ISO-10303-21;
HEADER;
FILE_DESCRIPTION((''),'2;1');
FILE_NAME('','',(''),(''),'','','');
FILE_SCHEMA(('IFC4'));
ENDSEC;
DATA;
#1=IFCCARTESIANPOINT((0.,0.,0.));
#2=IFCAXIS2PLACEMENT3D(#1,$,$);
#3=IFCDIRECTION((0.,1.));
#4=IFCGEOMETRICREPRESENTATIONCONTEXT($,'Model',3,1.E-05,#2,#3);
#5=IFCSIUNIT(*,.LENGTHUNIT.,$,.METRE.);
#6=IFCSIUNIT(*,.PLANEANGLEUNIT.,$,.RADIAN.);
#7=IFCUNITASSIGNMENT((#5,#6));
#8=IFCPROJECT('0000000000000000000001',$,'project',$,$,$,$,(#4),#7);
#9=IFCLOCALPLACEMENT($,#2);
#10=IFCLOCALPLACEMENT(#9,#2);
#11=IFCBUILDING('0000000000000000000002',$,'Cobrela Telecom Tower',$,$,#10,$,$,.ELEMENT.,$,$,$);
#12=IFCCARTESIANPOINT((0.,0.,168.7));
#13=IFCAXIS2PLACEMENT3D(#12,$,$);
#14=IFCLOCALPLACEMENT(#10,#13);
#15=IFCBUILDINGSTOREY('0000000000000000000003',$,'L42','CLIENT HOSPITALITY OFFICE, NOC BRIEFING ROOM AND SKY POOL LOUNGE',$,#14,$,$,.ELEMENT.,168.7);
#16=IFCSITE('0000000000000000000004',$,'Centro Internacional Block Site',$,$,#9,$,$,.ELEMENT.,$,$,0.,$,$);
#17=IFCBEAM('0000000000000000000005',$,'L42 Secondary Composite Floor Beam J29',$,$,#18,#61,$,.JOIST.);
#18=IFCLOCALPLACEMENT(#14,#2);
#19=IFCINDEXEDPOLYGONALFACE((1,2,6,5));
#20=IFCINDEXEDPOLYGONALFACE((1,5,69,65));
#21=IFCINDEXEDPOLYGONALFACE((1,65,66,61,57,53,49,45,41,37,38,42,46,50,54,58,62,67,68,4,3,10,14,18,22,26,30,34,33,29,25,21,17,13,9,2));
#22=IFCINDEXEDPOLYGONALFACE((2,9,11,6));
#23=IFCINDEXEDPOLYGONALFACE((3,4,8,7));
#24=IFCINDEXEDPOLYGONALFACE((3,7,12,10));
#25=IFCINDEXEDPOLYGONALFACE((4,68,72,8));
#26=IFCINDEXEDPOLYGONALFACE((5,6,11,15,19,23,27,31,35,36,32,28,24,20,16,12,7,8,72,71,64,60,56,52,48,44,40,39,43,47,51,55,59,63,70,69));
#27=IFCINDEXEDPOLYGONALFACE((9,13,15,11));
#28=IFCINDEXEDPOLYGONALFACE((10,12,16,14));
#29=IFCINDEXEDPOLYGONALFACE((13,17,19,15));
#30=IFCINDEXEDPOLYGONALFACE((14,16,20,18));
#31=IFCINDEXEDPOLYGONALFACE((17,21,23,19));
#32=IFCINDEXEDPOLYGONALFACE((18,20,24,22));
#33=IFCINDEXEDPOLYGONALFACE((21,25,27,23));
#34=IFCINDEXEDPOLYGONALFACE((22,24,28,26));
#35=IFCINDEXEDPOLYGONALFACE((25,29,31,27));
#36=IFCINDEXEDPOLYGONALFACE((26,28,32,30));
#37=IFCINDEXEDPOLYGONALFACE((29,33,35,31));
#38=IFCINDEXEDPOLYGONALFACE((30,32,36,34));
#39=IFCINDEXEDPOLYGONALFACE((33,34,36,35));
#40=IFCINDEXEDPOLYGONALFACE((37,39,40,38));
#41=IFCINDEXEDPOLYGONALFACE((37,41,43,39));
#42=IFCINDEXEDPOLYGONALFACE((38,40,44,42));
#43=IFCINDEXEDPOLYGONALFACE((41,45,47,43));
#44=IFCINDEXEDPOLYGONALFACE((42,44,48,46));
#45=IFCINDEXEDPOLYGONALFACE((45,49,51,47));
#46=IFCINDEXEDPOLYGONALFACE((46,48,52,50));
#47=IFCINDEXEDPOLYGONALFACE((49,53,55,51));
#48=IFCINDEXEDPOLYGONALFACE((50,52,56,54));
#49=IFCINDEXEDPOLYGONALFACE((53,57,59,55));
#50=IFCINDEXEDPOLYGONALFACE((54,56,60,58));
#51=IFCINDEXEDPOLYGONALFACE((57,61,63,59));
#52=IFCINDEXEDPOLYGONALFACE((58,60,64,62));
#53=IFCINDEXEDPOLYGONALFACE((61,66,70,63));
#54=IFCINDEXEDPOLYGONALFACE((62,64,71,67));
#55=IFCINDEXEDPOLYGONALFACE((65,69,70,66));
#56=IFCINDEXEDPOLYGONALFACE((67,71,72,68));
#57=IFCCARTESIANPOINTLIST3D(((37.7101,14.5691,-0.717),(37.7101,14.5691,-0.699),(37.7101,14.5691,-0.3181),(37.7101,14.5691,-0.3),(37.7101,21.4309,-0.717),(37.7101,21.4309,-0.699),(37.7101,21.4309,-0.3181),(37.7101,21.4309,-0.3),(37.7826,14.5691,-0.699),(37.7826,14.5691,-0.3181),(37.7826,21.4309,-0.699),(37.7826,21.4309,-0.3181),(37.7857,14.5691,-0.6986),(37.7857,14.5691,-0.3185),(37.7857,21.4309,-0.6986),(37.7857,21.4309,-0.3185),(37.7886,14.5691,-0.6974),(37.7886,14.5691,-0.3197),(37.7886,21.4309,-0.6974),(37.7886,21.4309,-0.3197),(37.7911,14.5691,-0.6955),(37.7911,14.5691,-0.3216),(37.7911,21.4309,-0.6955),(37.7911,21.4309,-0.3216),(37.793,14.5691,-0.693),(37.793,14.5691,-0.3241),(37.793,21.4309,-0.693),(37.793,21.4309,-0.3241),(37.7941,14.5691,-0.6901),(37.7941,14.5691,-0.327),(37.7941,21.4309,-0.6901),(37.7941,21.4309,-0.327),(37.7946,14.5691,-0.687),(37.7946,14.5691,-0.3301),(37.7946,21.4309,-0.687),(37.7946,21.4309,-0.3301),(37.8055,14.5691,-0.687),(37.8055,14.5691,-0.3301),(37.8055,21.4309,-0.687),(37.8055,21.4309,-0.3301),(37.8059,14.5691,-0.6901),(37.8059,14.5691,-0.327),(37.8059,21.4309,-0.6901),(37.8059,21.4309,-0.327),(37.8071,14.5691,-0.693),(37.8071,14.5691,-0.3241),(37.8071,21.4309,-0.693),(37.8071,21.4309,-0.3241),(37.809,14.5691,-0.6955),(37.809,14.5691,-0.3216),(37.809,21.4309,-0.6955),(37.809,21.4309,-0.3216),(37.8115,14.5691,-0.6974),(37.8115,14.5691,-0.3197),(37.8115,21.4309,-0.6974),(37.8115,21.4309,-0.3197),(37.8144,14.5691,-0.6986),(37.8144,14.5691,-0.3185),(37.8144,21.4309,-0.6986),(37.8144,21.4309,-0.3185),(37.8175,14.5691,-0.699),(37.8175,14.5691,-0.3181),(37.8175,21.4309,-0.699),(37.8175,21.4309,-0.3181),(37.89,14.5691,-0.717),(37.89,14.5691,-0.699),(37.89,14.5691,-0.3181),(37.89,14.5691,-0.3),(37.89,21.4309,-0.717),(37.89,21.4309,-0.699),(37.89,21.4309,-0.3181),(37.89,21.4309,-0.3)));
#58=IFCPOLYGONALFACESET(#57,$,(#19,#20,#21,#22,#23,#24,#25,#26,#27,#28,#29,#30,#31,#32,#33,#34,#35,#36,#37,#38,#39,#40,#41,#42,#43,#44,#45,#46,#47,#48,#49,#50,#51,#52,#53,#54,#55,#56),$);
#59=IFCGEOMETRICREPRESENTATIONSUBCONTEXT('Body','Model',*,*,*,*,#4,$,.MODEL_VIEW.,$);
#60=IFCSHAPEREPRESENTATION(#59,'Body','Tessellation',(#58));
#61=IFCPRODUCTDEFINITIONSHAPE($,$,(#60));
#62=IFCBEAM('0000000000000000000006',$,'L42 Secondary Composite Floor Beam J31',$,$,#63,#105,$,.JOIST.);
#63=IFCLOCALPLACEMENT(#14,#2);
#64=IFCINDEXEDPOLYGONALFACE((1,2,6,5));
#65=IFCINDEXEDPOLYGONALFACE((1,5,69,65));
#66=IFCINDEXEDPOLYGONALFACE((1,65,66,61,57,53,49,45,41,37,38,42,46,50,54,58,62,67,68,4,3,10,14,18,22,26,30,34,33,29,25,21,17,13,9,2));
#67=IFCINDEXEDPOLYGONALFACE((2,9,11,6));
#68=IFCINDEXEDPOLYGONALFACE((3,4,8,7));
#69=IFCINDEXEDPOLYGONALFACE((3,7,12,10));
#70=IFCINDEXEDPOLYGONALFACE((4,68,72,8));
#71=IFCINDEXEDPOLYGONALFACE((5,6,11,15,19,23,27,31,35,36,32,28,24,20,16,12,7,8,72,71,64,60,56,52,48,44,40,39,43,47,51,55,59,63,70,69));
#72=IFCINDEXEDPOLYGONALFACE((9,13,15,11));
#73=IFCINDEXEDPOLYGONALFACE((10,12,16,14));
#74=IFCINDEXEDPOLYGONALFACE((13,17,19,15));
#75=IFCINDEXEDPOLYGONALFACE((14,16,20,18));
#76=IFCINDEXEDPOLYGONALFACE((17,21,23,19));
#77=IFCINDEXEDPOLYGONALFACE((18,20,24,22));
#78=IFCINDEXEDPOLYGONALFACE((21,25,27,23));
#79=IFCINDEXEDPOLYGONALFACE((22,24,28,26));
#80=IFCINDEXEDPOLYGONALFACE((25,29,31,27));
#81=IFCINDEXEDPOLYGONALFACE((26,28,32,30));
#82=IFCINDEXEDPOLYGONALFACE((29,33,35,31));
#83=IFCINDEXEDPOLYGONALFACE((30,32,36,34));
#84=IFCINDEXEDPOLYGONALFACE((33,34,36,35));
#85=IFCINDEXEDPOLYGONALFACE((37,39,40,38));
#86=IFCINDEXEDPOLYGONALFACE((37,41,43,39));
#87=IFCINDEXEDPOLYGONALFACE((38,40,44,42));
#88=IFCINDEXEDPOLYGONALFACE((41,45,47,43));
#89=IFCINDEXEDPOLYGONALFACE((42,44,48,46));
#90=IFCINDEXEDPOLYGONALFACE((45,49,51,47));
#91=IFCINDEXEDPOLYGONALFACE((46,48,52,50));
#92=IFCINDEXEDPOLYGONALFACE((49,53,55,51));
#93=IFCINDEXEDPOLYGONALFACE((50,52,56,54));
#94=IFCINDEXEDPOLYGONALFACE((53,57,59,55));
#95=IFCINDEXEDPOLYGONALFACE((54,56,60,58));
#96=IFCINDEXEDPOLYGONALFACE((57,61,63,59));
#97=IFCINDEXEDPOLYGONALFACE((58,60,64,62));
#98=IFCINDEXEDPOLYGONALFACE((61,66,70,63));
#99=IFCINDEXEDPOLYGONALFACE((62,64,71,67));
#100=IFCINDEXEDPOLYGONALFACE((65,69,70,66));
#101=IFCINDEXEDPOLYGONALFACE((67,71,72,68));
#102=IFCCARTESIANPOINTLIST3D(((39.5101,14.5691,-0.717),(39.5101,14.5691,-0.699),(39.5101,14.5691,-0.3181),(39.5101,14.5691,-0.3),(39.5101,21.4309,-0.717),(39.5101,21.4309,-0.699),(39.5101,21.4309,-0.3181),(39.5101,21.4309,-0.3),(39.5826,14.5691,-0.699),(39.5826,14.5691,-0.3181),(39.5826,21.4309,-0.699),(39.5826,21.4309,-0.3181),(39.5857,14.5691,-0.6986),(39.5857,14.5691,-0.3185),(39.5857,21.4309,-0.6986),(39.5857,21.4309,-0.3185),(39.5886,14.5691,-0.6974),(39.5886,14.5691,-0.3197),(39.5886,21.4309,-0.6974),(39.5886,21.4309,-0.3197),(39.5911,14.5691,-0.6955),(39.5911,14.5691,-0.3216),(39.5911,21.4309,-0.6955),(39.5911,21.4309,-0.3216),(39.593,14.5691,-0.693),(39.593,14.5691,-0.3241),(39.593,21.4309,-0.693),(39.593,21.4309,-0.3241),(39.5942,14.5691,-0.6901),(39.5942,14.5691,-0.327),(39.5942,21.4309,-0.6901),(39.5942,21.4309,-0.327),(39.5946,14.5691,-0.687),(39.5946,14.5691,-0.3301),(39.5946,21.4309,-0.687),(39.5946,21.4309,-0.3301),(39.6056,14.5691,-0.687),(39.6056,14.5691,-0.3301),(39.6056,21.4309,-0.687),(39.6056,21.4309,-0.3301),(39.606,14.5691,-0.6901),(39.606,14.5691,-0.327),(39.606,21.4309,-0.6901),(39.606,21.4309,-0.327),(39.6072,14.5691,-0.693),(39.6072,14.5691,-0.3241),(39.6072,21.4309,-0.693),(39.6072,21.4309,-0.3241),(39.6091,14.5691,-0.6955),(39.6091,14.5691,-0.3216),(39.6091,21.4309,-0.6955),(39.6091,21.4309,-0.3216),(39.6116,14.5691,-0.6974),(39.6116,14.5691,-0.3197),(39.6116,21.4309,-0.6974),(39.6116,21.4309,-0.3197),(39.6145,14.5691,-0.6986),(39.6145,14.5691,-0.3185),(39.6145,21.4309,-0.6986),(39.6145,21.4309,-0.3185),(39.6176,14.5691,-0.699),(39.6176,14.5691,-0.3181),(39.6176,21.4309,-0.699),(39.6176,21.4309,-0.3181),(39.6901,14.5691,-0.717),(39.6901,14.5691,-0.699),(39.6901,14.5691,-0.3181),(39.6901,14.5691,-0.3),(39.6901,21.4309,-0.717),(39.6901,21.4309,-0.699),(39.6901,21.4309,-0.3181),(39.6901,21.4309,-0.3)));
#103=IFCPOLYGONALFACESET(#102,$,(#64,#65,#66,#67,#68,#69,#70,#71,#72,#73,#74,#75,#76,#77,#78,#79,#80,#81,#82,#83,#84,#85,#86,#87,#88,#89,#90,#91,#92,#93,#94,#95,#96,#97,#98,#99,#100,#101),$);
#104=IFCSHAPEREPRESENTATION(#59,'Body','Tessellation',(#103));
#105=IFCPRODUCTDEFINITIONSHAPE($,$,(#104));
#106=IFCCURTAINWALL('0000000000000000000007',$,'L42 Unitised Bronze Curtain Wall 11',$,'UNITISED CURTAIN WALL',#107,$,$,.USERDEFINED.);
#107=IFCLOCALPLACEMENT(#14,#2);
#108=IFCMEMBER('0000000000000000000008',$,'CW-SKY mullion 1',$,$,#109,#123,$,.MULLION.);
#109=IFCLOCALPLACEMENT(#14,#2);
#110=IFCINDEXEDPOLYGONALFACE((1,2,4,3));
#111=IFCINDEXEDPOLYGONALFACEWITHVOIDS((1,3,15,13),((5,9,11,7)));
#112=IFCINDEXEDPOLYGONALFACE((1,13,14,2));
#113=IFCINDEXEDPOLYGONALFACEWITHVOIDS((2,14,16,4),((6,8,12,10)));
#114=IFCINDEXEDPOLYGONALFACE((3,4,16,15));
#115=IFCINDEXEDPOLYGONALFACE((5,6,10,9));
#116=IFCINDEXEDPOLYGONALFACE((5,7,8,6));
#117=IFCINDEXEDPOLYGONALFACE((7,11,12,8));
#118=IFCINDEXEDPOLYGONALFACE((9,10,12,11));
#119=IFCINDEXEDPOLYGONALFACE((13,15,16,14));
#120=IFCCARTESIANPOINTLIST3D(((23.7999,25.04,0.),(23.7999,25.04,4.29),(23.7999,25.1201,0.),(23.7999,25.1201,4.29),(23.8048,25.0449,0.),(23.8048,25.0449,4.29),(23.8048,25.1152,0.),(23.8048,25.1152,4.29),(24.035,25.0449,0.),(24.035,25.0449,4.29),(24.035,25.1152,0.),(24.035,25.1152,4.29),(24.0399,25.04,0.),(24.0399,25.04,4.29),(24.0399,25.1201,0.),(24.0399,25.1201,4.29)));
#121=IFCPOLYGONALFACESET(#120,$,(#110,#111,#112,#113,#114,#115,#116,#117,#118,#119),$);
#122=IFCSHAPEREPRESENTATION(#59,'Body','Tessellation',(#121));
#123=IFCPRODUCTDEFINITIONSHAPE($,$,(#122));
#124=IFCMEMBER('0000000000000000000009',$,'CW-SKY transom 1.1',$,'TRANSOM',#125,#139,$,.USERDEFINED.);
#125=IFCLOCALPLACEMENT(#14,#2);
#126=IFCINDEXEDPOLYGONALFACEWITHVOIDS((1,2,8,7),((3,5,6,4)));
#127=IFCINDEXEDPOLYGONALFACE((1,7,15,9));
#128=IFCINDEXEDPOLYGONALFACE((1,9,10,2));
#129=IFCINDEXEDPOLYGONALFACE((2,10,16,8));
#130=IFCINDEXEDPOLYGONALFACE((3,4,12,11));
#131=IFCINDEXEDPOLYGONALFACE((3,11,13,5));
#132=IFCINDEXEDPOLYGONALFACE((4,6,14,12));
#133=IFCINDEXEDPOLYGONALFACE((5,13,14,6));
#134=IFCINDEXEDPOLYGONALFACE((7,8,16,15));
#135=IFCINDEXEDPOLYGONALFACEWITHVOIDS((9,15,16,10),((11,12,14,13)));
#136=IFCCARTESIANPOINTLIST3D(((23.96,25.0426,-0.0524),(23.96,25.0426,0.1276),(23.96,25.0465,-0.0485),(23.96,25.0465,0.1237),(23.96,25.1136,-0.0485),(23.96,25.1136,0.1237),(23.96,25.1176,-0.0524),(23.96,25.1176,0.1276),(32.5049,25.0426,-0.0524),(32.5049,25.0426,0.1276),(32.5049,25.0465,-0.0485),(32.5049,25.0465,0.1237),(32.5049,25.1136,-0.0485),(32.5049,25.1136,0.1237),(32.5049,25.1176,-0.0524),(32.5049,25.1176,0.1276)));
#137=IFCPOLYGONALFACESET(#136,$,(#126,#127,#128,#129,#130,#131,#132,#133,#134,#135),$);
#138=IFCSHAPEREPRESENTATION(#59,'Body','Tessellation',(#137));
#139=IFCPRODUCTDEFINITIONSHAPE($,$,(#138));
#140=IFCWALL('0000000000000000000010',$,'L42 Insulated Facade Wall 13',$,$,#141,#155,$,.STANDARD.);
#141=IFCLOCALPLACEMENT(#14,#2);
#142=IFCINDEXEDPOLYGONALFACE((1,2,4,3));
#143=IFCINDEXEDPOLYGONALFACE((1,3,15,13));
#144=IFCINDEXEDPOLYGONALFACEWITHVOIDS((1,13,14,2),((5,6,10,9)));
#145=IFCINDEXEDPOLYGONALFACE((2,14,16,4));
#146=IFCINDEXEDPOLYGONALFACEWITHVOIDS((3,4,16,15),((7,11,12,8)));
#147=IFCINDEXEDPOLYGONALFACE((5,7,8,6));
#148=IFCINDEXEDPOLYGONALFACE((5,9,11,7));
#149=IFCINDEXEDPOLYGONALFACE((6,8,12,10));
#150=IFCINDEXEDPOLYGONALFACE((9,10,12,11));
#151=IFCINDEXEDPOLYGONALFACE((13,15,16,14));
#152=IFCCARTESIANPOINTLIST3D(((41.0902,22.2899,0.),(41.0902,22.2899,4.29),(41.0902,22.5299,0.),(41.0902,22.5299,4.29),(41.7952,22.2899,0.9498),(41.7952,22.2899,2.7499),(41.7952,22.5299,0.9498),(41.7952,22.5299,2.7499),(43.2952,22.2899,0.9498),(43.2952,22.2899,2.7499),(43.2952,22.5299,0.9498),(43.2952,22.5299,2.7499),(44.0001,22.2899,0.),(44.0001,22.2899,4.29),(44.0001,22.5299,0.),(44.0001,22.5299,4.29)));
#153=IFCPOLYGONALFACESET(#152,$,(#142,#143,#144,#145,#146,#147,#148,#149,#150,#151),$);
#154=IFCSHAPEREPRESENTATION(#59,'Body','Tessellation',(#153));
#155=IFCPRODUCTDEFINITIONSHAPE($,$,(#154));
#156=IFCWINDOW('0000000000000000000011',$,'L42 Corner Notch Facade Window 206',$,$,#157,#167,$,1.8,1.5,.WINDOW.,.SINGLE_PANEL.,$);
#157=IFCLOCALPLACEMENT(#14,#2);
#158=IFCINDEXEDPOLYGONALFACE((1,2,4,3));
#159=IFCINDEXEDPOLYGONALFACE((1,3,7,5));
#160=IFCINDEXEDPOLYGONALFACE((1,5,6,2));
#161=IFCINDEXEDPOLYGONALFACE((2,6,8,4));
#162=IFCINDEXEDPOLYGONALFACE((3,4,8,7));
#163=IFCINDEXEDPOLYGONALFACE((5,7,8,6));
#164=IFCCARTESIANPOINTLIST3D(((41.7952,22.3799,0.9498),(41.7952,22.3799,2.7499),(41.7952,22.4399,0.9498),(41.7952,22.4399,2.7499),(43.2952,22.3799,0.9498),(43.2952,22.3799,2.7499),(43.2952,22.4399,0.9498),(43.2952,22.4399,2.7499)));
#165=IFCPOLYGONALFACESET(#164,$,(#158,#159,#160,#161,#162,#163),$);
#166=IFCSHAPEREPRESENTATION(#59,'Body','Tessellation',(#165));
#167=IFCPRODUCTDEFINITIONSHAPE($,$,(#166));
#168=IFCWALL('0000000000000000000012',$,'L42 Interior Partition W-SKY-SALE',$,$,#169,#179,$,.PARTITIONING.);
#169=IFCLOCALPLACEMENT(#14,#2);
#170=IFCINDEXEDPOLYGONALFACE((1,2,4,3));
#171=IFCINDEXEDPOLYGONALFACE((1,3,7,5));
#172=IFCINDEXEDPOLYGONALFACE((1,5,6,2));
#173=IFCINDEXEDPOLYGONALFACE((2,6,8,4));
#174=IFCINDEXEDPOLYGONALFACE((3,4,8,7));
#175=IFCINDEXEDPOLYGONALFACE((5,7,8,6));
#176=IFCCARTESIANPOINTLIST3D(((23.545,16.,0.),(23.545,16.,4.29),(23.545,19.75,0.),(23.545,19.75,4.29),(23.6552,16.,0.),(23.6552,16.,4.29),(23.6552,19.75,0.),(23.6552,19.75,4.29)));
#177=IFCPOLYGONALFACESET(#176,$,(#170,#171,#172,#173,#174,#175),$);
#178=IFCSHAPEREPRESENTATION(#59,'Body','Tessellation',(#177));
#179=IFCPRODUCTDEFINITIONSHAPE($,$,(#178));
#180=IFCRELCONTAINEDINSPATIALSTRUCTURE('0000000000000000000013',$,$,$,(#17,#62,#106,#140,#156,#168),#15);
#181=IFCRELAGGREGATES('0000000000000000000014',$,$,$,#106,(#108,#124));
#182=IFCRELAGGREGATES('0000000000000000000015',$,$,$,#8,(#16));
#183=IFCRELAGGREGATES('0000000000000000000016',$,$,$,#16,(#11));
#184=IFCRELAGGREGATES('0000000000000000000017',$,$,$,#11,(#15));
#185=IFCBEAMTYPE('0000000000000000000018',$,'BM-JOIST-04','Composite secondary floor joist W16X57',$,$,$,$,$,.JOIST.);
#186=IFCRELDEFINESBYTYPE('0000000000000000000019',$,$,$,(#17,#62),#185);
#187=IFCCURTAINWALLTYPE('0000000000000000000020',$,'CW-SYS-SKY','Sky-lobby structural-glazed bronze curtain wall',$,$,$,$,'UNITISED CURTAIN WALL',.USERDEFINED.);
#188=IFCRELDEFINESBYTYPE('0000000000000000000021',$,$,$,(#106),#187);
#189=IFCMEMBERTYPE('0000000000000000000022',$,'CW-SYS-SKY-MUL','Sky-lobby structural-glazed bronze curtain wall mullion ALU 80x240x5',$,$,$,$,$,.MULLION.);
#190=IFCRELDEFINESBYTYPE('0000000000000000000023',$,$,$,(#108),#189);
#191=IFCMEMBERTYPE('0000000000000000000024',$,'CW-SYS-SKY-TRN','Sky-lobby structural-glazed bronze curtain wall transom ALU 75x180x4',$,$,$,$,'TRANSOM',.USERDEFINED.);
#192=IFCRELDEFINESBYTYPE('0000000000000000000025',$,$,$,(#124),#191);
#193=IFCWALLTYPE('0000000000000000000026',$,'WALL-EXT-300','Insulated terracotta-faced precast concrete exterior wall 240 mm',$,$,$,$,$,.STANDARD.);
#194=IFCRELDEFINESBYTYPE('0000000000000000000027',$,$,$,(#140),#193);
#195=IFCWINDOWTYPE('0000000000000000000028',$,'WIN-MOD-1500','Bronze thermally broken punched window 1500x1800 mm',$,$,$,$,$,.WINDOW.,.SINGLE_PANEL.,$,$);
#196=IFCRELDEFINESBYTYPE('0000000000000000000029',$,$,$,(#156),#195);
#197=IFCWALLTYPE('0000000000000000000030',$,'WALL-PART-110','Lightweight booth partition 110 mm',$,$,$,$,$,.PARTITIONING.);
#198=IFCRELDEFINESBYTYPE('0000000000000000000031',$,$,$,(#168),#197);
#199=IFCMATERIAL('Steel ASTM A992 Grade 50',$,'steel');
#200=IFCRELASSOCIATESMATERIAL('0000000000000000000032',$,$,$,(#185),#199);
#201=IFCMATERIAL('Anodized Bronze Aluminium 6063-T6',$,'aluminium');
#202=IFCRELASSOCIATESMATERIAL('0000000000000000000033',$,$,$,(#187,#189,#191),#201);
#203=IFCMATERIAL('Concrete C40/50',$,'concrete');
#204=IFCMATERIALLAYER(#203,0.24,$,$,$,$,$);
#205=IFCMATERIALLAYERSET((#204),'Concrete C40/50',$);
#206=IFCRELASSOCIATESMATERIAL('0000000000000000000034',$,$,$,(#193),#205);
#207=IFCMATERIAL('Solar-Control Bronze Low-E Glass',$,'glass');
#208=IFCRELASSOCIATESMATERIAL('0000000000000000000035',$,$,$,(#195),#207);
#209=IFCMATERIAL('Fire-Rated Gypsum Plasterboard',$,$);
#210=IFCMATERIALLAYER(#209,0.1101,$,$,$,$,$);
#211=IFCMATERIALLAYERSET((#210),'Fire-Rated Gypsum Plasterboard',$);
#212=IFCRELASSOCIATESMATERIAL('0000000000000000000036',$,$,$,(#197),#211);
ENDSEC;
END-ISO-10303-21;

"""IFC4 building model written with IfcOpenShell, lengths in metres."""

from ifc_helpers import new_model, si_unit, direction, frame, frame_2d, origin, origin_2d, place, context, subcontext, project, spatial, rectangle, hollow_rectangle, i_section, extrude, material, layer, layer_set, material_profile, profile_set, type_object, element, fill, aggregate, save


model = new_model("IFC4")

# Units and contexts
model_context = context("Model", 3, precision=1e-05, world=origin(), true_north=direction((0.0, 1.0)))
body_context = subcontext(model_context, "Body", "Model", "MODEL_VIEW")
ifc_project = project(units=[si_unit("LENGTHUNIT", "METRE"), si_unit("PLANEANGLEUNIT", "RADIAN")], contexts=[model_context])

# Site, building, storey
site_placement = place(None, origin())
site = spatial("IfcSite", under=ifc_project, at=site_placement, Name="Centro Internacional Block Site", CompositionType="ELEMENT", RefElevation=0.0)
building_placement = place(site_placement, origin())
building = spatial("IfcBuilding", under=site, at=building_placement, Name="Cobrela Telecom Tower", CompositionType="ELEMENT")
storey_placement = place(building_placement, frame((0.0, 0.0, 168.7)))
storey = spatial("IfcBuildingStorey", under=building, at=storey_placement, Name="L42", Description="CLIENT HOSPITALITY OFFICE, NOC BRIEFING ROOM AND SKY POOL LOUNGE", CompositionType="ELEMENT", Elevation=168.7)

# Shared definitions
ifc_material_1 = material(Name="Steel ASTM A992 Grade 50", Category="steel")

# Beams
ifc_material_profile_1 = material_profile(ifc_material_1, i_section(OverallWidth=0.1799, OverallDepth=0.417, WebThickness=0.011, FlangeThickness=0.0181, FilletRadius=0.012, at=origin_2d()), Name="W16X57")
ifc_profile_set_1 = profile_set([ifc_material_profile_1], Name="Steel ASTM A992 Grade 50")
beam_type_1 = type_object("IfcBeamType", Name="BM-JOIST-04", Description="Composite secondary floor joist W16X57", PredefinedType="JOIST", material=ifc_profile_set_1)
for number, where, z_axis, x_axis, name in (
    (1, (37.8, 14.5691, -0.5085), (0.0, 1.0, 0.0), (-1.0, 0.0, 0.0), "L42 Secondary Composite Floor Beam J29"),
    (2, (39.6001, 14.5691, -0.5085), (0.0, 1.0, 0.0), (-1.0, 0.0, 0.0), "L42 Secondary Composite Floor Beam J31"),
):
    element("IfcBeam", number, at=place(storey_placement, frame(where, z_axis=z_axis, x_axis=x_axis)), inside=storey, type_object=beam_type_1, Name=name, PredefinedType="JOIST", context=body_context, shape_type="SweptSolid", body=[
        extrude(i_section(OverallWidth=0.1799, OverallDepth=0.417, WebThickness=0.011, FlangeThickness=0.0181, FilletRadius=0.012, at=origin_2d()), origin(), (0.0, 0.0, 1.0), 6.8618),
    ])

# Curtain wall, members
ifc_material_2 = material(Name="Anodized Bronze Aluminium 6063-T6", Category="aluminium")
curtain_wall_type = type_object("IfcCurtainWallType", Name="CW-SYS-SKY", Description="Sky-lobby structural-glazed bronze curtain wall", ElementType="UNITISED CURTAIN WALL", PredefinedType="USERDEFINED", material=ifc_material_2)
curtain_wall_placement = place(storey_placement, origin())
curtain_wall = element("IfcCurtainWall", 3, at=curtain_wall_placement, inside=storey, type_object=curtain_wall_type, Name="L42 Unitised Bronze Curtain Wall 11", ObjectType="UNITISED CURTAIN WALL", PredefinedType="USERDEFINED")
ifc_material_profile_2 = material_profile(ifc_material_2, hollow_rectangle(XDim=0.0801, YDim=0.24, WallThickness=0.0049, at=origin_2d()), Name="ALU 80x240x5")
ifc_profile_set_2 = profile_set([ifc_material_profile_2], Name="Anodized Bronze Aluminium 6063-T6")
member_type_1 = type_object("IfcMemberType", Name="CW-SYS-SKY-MUL", Description="Sky-lobby structural-glazed bronze curtain wall mullion ALU 80x240x5", PredefinedType="MULLION", material=ifc_profile_set_2)
member_1_placement = place(storey_placement, frame((23.9199, 25.0801, 0.0), z_axis=(0.0, 0.0, 1.0), x_axis=(0.0, 1.0, 0.0)))
member_1 = element("IfcMember", 4, at=member_1_placement, type_object=member_type_1, Name="CW-SKY mullion 1", PredefinedType="MULLION", context=body_context, shape_type="SweptSolid", body=[
    extrude(hollow_rectangle(XDim=0.0801, YDim=0.24, WallThickness=0.0049, at=origin_2d()), origin(), (0.0, 0.0, 1.0), 4.29),
])
ifc_material_profile_3 = material_profile(ifc_material_2, hollow_rectangle(XDim=0.075, YDim=0.1799, WallThickness=0.0039, at=origin_2d()), Name="ALU 75x180x4")
ifc_profile_set_3 = profile_set([ifc_material_profile_3], Name="Anodized Bronze Aluminium 6063-T6")
member_type_2 = type_object("IfcMemberType", Name="CW-SYS-SKY-TRN", Description="Sky-lobby structural-glazed bronze curtain wall transom ALU 75x180x4", ElementType="TRANSOM", PredefinedType="USERDEFINED", material=ifc_profile_set_3)
member_2_placement = place(storey_placement, frame((23.96, 25.0801, 0.0376), z_axis=(1.0, 0.0, 0.0), x_axis=(0.0, 1.0, 0.0)))
member_2 = element("IfcMember", 5, at=member_2_placement, type_object=member_type_2, Name="CW-SKY transom 1.1", ObjectType="TRANSOM", PredefinedType="USERDEFINED", context=body_context, shape_type="SweptSolid", body=[
    extrude(hollow_rectangle(XDim=0.075, YDim=0.1799, WallThickness=0.0039, at=origin_2d()), origin(), (0.0, 0.0, 1.0), 8.5449),
])
aggregate(curtain_wall, [member_1, member_2])

# Wall, opening, window
ifc_material_3 = material(Name="Concrete C40/50", Category="concrete")
ifc_layer_1 = layer(ifc_material_3, 0.24)
ifc_layer_set_1 = layer_set([ifc_layer_1], Name="Concrete C40/50")
wall_type_1 = type_object("IfcWallType", Name="WALL-EXT-300", Description="Insulated terracotta-faced precast concrete exterior wall 240 mm", PredefinedType="STANDARD", material=ifc_layer_set_1)
wall_1_placement = place(storey_placement, frame((41.0901, 22.4099, 0.0), z_axis=(0.0, 0.0, 1.0), x_axis=(1.0, 0.0, 0.0)))
wall_1 = element("IfcWall", 6, at=wall_1_placement, inside=storey, type_object=wall_type_1, Name="L42 Insulated Facade Wall 13", PredefinedType="STANDARD", context=body_context, shape_type="SweptSolid", body=[
    extrude(rectangle(XDim=2.9099, YDim=0.24, at=frame_2d((1.4551, 0.0))), origin(), (0.0, 0.0, 1.0), 4.29),
])
opening_1_placement = place(wall_1_placement, frame((0.7051, 0.0, 0.95)))
opening_1 = element("IfcOpeningElement", 7, at=opening_1_placement, cuts=wall_1, PredefinedType="OPENING", context=body_context, shape_type="SweptSolid", body=[
    extrude(rectangle(XDim=1.5, YDim=1.8, at=frame_2d((0.75, 0.8999))), frame((0.0, 0.1318, 0.0), z_axis=(0.0, -1.0, 0.0), x_axis=(1.0, 0.0, 0.0)), (0.0, 0.0, 1.0), 0.2639),
])
ifc_material_4 = material(Name="Solar-Control Bronze Low-E Glass", Category="glass")
window_type = type_object("IfcWindowType", Name="WIN-MOD-1500", Description="Bronze thermally broken punched window 1500x1800 mm", PartitioningType="SINGLE_PANEL", PredefinedType="WINDOW", material=ifc_material_4)
window_placement = place(opening_1_placement, origin())
window = element("IfcWindow", 8, at=window_placement, inside=storey, type_object=window_type, Name="L42 Corner Notch Facade Window 206", OverallHeight=1.8, OverallWidth=1.5, PartitioningType="SINGLE_PANEL", PredefinedType="WINDOW", context=body_context, shape_type="SweptSolid", body=[
    extrude(rectangle(XDim=1.5, YDim=1.8, at=frame_2d((0.75, 0.8999))), frame((0.0, 0.03, 0.0), z_axis=(0.0, -1.0, 0.0), x_axis=(1.0, 0.0, 0.0)), (0.0, 0.0, 1.0), 0.0601),
])
fill(opening_1, window)

# Wall
ifc_material_5 = material(Name="Fire-Rated Gypsum Plasterboard")
ifc_layer_2 = layer(ifc_material_5, 0.1101)
ifc_layer_set_2 = layer_set([ifc_layer_2], Name="Fire-Rated Gypsum Plasterboard")
wall_type_2 = type_object("IfcWallType", Name="WALL-PART-110", Description="Lightweight booth partition 110 mm", PredefinedType="PARTITIONING", material=ifc_layer_set_2)
wall_2_placement = place(storey_placement, frame((23.6001, 16.0, 0.0), z_axis=(0.0, 0.0, 1.0), x_axis=(0.0, 1.0, 0.0)))
element("IfcWall", 9, at=wall_2_placement, inside=storey, type_object=wall_type_2, Name="L42 Interior Partition W-SKY-SALE", PredefinedType="PARTITIONING", context=body_context, shape_type="SweptSolid", body=[
    extrude(rectangle(XDim=3.75, YDim=0.1101, at=frame_2d((1.875, 0.0))), origin(), (0.0, 0.0, 1.0), 4.29),
])

save(model, "model.ifc")
